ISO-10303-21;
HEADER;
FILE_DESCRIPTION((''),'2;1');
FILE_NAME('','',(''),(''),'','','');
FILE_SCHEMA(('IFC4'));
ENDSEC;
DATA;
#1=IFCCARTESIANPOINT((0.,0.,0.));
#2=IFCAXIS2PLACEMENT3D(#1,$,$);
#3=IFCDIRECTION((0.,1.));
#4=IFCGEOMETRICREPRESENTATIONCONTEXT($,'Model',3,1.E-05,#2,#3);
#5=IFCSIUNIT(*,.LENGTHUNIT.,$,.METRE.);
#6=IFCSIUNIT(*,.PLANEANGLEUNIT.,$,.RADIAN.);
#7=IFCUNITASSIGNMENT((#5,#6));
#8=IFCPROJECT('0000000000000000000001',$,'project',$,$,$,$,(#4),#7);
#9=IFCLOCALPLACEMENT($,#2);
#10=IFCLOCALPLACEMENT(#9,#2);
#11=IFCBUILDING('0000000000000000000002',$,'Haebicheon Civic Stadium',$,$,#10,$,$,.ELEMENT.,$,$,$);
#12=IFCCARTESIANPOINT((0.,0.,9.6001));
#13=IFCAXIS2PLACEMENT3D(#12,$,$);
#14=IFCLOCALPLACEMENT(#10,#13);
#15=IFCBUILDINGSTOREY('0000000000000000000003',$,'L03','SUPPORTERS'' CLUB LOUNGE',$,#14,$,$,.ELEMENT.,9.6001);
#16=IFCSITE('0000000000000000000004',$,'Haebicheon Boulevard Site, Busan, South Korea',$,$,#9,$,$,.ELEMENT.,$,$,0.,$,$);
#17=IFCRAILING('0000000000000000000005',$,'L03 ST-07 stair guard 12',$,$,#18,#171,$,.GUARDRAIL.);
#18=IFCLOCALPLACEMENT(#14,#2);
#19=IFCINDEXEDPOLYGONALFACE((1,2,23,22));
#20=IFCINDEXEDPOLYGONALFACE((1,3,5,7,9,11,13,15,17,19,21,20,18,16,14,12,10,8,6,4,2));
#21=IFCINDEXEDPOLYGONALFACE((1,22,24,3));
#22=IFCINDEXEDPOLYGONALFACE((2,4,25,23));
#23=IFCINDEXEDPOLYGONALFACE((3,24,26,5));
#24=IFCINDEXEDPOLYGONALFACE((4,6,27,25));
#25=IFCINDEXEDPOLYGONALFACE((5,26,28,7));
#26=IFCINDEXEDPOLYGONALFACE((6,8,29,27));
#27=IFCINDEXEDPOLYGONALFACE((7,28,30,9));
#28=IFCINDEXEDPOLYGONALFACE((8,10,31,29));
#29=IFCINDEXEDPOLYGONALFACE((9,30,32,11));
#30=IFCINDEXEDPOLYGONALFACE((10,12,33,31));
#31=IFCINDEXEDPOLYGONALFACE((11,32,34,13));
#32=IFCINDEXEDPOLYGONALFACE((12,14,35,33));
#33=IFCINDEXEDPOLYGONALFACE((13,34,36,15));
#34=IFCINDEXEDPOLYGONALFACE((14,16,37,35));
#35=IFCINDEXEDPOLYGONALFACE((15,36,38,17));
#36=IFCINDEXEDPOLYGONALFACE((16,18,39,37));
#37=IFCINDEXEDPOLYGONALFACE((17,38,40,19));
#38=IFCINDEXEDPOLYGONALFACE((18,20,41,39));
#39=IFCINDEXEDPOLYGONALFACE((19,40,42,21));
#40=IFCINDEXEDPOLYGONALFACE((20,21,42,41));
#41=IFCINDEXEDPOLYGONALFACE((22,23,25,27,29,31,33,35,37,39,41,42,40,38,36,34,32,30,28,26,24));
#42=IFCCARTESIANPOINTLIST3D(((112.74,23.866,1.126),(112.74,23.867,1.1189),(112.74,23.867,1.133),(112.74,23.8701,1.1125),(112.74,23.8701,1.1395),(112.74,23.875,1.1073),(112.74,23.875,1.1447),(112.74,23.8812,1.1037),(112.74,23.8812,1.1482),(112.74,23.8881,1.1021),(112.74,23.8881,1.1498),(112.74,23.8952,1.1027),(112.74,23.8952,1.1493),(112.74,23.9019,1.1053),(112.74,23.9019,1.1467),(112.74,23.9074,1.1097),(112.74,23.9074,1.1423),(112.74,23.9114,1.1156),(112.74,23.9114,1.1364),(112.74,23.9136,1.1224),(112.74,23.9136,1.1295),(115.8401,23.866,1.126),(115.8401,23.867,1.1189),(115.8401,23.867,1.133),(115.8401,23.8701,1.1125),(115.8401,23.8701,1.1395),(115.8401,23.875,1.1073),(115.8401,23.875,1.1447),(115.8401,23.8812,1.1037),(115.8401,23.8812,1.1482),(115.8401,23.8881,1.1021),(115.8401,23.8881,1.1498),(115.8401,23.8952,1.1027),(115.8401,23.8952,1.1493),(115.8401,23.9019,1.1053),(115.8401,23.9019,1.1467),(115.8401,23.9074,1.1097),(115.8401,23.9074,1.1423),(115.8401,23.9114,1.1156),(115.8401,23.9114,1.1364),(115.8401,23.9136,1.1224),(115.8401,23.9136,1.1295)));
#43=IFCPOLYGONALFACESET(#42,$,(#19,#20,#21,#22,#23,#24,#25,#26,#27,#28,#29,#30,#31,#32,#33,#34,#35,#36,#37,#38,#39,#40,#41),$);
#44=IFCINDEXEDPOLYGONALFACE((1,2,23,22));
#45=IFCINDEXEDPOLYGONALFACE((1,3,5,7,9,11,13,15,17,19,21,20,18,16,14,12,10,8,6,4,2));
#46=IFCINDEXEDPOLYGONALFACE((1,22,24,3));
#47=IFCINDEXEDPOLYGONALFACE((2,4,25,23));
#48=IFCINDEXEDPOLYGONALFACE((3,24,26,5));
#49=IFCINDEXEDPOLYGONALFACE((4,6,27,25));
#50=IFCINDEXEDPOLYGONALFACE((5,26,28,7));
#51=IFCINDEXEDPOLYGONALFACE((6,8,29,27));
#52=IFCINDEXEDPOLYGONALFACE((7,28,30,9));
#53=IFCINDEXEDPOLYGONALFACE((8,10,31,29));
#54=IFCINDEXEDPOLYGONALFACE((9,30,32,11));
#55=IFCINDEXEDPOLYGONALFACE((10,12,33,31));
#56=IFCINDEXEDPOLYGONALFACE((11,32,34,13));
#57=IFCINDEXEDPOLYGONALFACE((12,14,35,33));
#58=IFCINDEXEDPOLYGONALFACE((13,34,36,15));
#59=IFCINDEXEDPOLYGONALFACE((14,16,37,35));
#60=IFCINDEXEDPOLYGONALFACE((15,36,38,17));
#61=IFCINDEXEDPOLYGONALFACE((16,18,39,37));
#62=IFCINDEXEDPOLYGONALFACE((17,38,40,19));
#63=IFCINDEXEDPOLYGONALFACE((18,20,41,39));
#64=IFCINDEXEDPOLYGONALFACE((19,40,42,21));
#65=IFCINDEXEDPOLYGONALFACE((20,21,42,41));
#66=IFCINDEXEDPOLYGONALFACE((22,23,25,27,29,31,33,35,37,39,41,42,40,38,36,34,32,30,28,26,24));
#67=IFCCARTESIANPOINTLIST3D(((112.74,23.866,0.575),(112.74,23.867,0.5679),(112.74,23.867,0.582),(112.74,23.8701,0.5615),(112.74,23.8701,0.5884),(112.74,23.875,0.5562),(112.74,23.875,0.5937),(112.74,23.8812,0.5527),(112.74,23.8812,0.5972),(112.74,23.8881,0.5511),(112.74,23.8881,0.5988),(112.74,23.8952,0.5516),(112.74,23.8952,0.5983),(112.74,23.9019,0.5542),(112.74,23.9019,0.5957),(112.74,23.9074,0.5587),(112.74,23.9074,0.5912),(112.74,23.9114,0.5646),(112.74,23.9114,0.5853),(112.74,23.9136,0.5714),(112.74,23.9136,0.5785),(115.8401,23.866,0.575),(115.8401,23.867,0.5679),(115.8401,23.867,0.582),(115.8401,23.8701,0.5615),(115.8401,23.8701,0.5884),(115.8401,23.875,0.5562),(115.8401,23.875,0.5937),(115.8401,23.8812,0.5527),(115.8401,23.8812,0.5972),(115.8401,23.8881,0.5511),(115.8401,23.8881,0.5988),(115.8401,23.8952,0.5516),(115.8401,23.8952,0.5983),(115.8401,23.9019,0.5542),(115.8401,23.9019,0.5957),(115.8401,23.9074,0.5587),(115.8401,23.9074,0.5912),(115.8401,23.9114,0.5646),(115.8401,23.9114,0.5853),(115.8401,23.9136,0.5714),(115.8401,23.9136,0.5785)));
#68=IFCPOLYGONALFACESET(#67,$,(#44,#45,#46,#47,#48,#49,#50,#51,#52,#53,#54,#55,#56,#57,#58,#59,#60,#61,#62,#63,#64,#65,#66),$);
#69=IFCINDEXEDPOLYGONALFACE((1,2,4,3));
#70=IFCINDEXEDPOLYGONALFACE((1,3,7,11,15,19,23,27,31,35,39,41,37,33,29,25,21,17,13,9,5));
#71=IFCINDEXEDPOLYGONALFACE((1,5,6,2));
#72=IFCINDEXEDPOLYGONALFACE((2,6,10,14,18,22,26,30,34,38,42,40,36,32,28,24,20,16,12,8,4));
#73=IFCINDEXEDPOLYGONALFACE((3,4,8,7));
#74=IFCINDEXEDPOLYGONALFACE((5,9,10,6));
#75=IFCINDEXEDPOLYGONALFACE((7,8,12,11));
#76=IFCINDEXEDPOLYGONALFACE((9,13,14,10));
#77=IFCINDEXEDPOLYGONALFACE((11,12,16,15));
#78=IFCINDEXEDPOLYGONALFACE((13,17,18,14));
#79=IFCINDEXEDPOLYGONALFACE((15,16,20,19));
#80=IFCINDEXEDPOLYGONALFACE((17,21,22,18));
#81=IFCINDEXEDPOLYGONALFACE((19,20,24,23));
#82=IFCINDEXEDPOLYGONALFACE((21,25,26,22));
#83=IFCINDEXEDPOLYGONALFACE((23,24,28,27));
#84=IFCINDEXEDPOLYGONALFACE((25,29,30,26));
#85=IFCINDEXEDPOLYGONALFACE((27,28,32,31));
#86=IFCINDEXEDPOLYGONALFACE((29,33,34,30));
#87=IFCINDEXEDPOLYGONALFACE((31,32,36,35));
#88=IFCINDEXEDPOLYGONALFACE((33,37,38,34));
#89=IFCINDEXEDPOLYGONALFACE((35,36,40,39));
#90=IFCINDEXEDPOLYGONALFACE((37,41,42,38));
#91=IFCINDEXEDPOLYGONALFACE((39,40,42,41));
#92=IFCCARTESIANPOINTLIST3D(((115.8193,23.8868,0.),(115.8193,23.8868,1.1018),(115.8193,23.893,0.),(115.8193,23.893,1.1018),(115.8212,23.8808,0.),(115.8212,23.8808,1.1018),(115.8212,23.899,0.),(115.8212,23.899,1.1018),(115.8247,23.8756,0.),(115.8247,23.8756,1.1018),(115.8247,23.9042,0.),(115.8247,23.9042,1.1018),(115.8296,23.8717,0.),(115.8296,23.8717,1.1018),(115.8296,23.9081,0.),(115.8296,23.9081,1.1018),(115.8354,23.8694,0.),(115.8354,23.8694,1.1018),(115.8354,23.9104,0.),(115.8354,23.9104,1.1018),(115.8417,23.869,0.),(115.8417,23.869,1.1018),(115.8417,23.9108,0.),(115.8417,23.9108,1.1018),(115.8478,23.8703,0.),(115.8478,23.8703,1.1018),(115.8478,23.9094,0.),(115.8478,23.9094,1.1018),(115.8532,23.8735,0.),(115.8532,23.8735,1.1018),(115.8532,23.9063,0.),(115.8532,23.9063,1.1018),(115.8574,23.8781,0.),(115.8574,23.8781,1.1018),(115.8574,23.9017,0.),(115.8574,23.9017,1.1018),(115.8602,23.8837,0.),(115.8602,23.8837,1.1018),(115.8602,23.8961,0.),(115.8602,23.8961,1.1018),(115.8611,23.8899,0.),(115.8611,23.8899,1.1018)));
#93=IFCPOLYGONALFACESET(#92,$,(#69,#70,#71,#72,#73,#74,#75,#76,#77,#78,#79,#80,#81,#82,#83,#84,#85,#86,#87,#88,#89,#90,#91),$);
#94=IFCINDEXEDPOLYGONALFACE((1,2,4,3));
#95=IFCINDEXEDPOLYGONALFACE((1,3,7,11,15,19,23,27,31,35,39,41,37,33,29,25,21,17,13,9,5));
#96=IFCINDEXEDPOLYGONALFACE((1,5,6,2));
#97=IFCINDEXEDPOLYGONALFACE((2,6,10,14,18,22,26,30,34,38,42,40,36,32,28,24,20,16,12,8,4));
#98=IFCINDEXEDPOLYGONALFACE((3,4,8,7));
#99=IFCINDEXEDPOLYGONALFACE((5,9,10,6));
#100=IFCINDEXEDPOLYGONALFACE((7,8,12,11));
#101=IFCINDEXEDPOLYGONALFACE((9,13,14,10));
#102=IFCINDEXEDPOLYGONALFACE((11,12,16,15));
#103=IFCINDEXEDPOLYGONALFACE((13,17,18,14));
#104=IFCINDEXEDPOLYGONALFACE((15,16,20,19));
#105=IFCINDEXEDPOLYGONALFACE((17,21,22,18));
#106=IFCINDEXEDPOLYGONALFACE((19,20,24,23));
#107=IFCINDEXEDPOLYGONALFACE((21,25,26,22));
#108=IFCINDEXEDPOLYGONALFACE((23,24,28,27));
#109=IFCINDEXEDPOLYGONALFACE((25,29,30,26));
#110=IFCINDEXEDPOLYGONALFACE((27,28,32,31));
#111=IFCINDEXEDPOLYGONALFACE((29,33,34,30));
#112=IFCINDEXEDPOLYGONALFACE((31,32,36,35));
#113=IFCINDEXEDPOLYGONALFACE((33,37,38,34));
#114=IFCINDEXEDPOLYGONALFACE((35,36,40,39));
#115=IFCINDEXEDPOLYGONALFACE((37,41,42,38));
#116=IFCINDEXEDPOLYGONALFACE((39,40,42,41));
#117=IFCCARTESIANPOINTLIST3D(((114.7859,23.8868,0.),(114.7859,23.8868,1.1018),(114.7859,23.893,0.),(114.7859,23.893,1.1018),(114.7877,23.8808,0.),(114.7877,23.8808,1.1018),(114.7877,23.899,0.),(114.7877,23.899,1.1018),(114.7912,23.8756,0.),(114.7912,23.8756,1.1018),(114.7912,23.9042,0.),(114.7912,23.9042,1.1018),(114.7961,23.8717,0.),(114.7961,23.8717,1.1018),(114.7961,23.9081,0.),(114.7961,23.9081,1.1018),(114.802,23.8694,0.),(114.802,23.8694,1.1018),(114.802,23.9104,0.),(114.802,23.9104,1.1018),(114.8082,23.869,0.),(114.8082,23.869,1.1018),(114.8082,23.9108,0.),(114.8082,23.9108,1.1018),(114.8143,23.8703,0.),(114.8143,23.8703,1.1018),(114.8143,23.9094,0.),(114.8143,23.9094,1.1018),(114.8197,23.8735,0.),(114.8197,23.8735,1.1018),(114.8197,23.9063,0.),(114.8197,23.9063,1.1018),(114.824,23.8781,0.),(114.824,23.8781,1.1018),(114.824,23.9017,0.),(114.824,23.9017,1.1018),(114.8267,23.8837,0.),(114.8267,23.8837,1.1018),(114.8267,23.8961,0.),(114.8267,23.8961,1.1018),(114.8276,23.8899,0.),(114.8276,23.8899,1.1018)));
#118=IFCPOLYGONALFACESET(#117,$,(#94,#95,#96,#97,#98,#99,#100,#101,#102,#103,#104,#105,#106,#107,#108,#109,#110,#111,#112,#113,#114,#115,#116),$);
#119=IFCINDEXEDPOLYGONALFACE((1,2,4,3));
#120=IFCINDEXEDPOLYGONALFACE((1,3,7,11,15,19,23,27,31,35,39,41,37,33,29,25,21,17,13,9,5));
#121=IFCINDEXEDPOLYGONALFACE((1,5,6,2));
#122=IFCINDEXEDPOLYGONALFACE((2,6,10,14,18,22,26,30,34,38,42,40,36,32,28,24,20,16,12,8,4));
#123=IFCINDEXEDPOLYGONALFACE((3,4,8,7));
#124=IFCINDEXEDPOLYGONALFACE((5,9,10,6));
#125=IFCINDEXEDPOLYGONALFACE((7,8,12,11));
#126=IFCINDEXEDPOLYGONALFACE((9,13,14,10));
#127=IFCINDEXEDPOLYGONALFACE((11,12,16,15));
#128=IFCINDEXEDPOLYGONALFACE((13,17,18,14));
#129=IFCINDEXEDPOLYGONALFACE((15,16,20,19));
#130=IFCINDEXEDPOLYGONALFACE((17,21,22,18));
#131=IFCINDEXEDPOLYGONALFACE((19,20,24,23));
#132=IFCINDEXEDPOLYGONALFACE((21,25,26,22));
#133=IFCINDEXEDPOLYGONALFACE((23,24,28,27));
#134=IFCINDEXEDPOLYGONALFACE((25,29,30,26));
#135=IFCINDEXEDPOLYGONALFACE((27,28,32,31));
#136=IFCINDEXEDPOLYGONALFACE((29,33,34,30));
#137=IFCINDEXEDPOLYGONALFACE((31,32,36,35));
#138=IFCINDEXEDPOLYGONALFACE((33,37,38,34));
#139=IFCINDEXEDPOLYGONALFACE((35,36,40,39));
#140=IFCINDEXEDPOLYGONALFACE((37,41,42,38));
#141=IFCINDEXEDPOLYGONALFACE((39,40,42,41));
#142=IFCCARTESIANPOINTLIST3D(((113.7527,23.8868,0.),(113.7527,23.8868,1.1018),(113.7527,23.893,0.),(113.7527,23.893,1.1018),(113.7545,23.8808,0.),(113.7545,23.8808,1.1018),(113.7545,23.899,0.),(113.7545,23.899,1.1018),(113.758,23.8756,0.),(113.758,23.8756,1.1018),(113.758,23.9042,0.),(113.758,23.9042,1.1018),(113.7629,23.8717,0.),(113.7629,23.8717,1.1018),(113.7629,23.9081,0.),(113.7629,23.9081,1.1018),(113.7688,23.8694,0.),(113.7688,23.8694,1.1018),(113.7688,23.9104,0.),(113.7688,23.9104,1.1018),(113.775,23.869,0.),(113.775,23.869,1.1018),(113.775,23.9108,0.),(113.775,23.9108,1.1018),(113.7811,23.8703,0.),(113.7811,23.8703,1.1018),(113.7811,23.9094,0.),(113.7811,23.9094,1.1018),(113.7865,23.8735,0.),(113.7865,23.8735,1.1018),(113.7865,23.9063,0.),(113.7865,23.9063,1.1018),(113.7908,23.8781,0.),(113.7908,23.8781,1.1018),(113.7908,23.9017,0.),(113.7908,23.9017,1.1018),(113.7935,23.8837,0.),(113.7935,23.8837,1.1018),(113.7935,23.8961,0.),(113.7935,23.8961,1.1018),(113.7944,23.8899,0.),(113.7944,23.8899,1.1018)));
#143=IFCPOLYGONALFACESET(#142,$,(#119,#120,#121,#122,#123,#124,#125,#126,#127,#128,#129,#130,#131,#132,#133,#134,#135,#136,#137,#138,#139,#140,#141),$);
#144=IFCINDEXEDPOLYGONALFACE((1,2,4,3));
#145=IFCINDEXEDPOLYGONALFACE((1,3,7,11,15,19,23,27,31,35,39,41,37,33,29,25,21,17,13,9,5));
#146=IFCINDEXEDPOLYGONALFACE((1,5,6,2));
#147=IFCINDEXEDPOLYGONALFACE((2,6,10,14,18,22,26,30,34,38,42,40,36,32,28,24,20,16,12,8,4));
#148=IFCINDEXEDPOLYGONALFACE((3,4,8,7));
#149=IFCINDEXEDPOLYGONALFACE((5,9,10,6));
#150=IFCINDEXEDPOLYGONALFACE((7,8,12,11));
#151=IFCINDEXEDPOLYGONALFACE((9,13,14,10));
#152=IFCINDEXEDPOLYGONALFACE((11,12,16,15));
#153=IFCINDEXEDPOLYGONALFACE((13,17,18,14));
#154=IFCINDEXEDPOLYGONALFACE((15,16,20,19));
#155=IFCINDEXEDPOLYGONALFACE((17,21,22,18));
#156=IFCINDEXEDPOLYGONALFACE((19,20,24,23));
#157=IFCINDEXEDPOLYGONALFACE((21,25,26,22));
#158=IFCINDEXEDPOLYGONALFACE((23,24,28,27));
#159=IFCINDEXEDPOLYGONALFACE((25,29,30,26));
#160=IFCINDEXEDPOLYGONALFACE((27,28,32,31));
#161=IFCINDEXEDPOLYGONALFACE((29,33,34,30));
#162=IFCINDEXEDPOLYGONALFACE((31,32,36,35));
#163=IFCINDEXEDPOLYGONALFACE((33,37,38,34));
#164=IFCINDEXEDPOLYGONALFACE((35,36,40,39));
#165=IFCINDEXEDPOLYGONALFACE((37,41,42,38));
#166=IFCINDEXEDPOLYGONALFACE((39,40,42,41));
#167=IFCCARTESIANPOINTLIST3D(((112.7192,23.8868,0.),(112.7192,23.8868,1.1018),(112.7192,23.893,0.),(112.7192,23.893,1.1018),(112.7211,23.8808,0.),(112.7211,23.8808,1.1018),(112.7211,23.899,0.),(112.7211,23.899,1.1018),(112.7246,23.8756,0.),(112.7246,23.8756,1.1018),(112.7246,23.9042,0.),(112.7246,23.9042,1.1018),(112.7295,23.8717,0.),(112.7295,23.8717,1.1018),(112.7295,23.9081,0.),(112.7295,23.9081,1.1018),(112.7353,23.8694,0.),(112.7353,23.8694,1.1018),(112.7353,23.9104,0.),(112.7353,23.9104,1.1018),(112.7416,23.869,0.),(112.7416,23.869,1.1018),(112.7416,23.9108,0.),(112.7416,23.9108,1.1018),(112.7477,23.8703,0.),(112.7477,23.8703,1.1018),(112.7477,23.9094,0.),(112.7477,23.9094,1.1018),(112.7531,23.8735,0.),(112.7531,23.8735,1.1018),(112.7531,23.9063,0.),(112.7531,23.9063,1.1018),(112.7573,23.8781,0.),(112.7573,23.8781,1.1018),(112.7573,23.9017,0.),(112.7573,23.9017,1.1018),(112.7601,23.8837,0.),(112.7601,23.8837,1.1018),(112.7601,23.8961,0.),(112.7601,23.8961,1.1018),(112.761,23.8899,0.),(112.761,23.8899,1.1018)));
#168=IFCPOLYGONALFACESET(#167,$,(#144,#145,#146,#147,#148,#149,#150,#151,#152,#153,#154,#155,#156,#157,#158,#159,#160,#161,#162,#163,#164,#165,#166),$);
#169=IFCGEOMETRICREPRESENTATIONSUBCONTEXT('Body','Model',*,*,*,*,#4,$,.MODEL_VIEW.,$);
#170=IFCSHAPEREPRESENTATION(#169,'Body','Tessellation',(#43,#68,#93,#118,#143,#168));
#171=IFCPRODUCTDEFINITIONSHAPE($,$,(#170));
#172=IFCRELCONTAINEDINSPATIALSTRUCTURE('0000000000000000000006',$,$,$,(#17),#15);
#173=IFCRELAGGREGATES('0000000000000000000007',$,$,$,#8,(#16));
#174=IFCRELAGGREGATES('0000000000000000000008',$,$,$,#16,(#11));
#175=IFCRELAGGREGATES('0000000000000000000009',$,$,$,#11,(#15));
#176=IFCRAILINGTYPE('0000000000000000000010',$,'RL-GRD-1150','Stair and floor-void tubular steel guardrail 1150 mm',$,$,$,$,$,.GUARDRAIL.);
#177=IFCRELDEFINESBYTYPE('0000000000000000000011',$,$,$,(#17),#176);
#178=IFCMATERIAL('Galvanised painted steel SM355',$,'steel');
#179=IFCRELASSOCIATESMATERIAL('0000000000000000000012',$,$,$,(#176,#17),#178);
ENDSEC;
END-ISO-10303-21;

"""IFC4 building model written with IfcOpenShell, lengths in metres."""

from ifc_helpers import new_model, si_unit, direction, frame, origin, origin_2d, place, context, subcontext, project, spatial, circle, extrude, material, type_object, element, save


model = new_model("IFC4")

# Units and contexts
model_context = context("Model", 3, precision=1e-05, world=origin(), true_north=direction((0.0, 1.0)))
body_context = subcontext(model_context, "Body", "Model", "MODEL_VIEW")
ifc_project = project(units=[si_unit("LENGTHUNIT", "METRE"), si_unit("PLANEANGLEUNIT", "RADIAN")], contexts=[model_context])

# Site, building, storey
site_placement = place(None, origin())
site = spatial("IfcSite", under=ifc_project, at=site_placement, Name="Haebicheon Boulevard Site, Busan, South Korea", CompositionType="ELEMENT", RefElevation=0.0)
building_placement = place(site_placement, origin())
building = spatial("IfcBuilding", under=site, at=building_placement, Name="Haebicheon Civic Stadium", CompositionType="ELEMENT")
storey_placement = place(building_placement, frame((0.0, 0.0, 9.6001)))
storey = spatial("IfcBuildingStorey", under=building, at=storey_placement, Name="L03", Description="SUPPORTERS' CLUB LOUNGE", CompositionType="ELEMENT", Elevation=9.6001)

# Railing
ifc_material_1 = material(Name="Galvanised painted steel SM355", Category="steel")
railing_type_1 = type_object("IfcRailingType", Name="RL-GRD-1150", Description="Stair and floor-void tubular steel guardrail 1150 mm", PredefinedType="GUARDRAIL", material=ifc_material_1)
railing_1_placement = place(storey_placement, frame((115.8401, 23.8899, 0.0)))
element("IfcRailing", 1, at=railing_1_placement, inside=storey, type_object=railing_type_1, material=ifc_material_1, Name="L03 ST-07 stair guard 12", PredefinedType="GUARDRAIL", context=body_context, shape_type="SweptSolid", body=[
    extrude(circle(Radius=0.0239, at=origin_2d()), frame((0.0, 0.0, 1.126), z_axis=(-1.0, 0.0, 0.0), x_axis=(0.0, -1.0, 0.0)), (0.0, 0.0, 1.0), 3.1001),
    extrude(circle(Radius=0.0239, at=origin_2d()), frame((0.0, 0.0, 0.575), z_axis=(-1.0, 0.0, 0.0), x_axis=(0.0, -1.0, 0.0)), (0.0, 0.0, 1.0), 3.1001),
    extrude(circle(Radius=0.021, at=origin_2d()), origin(), (0.0, 0.0, 1.0), 1.1018),
    extrude(circle(Radius=0.021, at=origin_2d()), frame((-1.0334, 0.0, 0.0)), (0.0, 0.0, 1.0), 1.1018),
    extrude(circle(Radius=0.021, at=origin_2d()), frame((-2.0667, 0.0, 0.0)), (0.0, 0.0, 1.0), 1.1018),
    extrude(circle(Radius=0.021, at=origin_2d()), frame((-3.1001, 0.0, 0.0)), (0.0, 0.0, 1.0), 1.1018),
])

save(model, "model.ifc")
